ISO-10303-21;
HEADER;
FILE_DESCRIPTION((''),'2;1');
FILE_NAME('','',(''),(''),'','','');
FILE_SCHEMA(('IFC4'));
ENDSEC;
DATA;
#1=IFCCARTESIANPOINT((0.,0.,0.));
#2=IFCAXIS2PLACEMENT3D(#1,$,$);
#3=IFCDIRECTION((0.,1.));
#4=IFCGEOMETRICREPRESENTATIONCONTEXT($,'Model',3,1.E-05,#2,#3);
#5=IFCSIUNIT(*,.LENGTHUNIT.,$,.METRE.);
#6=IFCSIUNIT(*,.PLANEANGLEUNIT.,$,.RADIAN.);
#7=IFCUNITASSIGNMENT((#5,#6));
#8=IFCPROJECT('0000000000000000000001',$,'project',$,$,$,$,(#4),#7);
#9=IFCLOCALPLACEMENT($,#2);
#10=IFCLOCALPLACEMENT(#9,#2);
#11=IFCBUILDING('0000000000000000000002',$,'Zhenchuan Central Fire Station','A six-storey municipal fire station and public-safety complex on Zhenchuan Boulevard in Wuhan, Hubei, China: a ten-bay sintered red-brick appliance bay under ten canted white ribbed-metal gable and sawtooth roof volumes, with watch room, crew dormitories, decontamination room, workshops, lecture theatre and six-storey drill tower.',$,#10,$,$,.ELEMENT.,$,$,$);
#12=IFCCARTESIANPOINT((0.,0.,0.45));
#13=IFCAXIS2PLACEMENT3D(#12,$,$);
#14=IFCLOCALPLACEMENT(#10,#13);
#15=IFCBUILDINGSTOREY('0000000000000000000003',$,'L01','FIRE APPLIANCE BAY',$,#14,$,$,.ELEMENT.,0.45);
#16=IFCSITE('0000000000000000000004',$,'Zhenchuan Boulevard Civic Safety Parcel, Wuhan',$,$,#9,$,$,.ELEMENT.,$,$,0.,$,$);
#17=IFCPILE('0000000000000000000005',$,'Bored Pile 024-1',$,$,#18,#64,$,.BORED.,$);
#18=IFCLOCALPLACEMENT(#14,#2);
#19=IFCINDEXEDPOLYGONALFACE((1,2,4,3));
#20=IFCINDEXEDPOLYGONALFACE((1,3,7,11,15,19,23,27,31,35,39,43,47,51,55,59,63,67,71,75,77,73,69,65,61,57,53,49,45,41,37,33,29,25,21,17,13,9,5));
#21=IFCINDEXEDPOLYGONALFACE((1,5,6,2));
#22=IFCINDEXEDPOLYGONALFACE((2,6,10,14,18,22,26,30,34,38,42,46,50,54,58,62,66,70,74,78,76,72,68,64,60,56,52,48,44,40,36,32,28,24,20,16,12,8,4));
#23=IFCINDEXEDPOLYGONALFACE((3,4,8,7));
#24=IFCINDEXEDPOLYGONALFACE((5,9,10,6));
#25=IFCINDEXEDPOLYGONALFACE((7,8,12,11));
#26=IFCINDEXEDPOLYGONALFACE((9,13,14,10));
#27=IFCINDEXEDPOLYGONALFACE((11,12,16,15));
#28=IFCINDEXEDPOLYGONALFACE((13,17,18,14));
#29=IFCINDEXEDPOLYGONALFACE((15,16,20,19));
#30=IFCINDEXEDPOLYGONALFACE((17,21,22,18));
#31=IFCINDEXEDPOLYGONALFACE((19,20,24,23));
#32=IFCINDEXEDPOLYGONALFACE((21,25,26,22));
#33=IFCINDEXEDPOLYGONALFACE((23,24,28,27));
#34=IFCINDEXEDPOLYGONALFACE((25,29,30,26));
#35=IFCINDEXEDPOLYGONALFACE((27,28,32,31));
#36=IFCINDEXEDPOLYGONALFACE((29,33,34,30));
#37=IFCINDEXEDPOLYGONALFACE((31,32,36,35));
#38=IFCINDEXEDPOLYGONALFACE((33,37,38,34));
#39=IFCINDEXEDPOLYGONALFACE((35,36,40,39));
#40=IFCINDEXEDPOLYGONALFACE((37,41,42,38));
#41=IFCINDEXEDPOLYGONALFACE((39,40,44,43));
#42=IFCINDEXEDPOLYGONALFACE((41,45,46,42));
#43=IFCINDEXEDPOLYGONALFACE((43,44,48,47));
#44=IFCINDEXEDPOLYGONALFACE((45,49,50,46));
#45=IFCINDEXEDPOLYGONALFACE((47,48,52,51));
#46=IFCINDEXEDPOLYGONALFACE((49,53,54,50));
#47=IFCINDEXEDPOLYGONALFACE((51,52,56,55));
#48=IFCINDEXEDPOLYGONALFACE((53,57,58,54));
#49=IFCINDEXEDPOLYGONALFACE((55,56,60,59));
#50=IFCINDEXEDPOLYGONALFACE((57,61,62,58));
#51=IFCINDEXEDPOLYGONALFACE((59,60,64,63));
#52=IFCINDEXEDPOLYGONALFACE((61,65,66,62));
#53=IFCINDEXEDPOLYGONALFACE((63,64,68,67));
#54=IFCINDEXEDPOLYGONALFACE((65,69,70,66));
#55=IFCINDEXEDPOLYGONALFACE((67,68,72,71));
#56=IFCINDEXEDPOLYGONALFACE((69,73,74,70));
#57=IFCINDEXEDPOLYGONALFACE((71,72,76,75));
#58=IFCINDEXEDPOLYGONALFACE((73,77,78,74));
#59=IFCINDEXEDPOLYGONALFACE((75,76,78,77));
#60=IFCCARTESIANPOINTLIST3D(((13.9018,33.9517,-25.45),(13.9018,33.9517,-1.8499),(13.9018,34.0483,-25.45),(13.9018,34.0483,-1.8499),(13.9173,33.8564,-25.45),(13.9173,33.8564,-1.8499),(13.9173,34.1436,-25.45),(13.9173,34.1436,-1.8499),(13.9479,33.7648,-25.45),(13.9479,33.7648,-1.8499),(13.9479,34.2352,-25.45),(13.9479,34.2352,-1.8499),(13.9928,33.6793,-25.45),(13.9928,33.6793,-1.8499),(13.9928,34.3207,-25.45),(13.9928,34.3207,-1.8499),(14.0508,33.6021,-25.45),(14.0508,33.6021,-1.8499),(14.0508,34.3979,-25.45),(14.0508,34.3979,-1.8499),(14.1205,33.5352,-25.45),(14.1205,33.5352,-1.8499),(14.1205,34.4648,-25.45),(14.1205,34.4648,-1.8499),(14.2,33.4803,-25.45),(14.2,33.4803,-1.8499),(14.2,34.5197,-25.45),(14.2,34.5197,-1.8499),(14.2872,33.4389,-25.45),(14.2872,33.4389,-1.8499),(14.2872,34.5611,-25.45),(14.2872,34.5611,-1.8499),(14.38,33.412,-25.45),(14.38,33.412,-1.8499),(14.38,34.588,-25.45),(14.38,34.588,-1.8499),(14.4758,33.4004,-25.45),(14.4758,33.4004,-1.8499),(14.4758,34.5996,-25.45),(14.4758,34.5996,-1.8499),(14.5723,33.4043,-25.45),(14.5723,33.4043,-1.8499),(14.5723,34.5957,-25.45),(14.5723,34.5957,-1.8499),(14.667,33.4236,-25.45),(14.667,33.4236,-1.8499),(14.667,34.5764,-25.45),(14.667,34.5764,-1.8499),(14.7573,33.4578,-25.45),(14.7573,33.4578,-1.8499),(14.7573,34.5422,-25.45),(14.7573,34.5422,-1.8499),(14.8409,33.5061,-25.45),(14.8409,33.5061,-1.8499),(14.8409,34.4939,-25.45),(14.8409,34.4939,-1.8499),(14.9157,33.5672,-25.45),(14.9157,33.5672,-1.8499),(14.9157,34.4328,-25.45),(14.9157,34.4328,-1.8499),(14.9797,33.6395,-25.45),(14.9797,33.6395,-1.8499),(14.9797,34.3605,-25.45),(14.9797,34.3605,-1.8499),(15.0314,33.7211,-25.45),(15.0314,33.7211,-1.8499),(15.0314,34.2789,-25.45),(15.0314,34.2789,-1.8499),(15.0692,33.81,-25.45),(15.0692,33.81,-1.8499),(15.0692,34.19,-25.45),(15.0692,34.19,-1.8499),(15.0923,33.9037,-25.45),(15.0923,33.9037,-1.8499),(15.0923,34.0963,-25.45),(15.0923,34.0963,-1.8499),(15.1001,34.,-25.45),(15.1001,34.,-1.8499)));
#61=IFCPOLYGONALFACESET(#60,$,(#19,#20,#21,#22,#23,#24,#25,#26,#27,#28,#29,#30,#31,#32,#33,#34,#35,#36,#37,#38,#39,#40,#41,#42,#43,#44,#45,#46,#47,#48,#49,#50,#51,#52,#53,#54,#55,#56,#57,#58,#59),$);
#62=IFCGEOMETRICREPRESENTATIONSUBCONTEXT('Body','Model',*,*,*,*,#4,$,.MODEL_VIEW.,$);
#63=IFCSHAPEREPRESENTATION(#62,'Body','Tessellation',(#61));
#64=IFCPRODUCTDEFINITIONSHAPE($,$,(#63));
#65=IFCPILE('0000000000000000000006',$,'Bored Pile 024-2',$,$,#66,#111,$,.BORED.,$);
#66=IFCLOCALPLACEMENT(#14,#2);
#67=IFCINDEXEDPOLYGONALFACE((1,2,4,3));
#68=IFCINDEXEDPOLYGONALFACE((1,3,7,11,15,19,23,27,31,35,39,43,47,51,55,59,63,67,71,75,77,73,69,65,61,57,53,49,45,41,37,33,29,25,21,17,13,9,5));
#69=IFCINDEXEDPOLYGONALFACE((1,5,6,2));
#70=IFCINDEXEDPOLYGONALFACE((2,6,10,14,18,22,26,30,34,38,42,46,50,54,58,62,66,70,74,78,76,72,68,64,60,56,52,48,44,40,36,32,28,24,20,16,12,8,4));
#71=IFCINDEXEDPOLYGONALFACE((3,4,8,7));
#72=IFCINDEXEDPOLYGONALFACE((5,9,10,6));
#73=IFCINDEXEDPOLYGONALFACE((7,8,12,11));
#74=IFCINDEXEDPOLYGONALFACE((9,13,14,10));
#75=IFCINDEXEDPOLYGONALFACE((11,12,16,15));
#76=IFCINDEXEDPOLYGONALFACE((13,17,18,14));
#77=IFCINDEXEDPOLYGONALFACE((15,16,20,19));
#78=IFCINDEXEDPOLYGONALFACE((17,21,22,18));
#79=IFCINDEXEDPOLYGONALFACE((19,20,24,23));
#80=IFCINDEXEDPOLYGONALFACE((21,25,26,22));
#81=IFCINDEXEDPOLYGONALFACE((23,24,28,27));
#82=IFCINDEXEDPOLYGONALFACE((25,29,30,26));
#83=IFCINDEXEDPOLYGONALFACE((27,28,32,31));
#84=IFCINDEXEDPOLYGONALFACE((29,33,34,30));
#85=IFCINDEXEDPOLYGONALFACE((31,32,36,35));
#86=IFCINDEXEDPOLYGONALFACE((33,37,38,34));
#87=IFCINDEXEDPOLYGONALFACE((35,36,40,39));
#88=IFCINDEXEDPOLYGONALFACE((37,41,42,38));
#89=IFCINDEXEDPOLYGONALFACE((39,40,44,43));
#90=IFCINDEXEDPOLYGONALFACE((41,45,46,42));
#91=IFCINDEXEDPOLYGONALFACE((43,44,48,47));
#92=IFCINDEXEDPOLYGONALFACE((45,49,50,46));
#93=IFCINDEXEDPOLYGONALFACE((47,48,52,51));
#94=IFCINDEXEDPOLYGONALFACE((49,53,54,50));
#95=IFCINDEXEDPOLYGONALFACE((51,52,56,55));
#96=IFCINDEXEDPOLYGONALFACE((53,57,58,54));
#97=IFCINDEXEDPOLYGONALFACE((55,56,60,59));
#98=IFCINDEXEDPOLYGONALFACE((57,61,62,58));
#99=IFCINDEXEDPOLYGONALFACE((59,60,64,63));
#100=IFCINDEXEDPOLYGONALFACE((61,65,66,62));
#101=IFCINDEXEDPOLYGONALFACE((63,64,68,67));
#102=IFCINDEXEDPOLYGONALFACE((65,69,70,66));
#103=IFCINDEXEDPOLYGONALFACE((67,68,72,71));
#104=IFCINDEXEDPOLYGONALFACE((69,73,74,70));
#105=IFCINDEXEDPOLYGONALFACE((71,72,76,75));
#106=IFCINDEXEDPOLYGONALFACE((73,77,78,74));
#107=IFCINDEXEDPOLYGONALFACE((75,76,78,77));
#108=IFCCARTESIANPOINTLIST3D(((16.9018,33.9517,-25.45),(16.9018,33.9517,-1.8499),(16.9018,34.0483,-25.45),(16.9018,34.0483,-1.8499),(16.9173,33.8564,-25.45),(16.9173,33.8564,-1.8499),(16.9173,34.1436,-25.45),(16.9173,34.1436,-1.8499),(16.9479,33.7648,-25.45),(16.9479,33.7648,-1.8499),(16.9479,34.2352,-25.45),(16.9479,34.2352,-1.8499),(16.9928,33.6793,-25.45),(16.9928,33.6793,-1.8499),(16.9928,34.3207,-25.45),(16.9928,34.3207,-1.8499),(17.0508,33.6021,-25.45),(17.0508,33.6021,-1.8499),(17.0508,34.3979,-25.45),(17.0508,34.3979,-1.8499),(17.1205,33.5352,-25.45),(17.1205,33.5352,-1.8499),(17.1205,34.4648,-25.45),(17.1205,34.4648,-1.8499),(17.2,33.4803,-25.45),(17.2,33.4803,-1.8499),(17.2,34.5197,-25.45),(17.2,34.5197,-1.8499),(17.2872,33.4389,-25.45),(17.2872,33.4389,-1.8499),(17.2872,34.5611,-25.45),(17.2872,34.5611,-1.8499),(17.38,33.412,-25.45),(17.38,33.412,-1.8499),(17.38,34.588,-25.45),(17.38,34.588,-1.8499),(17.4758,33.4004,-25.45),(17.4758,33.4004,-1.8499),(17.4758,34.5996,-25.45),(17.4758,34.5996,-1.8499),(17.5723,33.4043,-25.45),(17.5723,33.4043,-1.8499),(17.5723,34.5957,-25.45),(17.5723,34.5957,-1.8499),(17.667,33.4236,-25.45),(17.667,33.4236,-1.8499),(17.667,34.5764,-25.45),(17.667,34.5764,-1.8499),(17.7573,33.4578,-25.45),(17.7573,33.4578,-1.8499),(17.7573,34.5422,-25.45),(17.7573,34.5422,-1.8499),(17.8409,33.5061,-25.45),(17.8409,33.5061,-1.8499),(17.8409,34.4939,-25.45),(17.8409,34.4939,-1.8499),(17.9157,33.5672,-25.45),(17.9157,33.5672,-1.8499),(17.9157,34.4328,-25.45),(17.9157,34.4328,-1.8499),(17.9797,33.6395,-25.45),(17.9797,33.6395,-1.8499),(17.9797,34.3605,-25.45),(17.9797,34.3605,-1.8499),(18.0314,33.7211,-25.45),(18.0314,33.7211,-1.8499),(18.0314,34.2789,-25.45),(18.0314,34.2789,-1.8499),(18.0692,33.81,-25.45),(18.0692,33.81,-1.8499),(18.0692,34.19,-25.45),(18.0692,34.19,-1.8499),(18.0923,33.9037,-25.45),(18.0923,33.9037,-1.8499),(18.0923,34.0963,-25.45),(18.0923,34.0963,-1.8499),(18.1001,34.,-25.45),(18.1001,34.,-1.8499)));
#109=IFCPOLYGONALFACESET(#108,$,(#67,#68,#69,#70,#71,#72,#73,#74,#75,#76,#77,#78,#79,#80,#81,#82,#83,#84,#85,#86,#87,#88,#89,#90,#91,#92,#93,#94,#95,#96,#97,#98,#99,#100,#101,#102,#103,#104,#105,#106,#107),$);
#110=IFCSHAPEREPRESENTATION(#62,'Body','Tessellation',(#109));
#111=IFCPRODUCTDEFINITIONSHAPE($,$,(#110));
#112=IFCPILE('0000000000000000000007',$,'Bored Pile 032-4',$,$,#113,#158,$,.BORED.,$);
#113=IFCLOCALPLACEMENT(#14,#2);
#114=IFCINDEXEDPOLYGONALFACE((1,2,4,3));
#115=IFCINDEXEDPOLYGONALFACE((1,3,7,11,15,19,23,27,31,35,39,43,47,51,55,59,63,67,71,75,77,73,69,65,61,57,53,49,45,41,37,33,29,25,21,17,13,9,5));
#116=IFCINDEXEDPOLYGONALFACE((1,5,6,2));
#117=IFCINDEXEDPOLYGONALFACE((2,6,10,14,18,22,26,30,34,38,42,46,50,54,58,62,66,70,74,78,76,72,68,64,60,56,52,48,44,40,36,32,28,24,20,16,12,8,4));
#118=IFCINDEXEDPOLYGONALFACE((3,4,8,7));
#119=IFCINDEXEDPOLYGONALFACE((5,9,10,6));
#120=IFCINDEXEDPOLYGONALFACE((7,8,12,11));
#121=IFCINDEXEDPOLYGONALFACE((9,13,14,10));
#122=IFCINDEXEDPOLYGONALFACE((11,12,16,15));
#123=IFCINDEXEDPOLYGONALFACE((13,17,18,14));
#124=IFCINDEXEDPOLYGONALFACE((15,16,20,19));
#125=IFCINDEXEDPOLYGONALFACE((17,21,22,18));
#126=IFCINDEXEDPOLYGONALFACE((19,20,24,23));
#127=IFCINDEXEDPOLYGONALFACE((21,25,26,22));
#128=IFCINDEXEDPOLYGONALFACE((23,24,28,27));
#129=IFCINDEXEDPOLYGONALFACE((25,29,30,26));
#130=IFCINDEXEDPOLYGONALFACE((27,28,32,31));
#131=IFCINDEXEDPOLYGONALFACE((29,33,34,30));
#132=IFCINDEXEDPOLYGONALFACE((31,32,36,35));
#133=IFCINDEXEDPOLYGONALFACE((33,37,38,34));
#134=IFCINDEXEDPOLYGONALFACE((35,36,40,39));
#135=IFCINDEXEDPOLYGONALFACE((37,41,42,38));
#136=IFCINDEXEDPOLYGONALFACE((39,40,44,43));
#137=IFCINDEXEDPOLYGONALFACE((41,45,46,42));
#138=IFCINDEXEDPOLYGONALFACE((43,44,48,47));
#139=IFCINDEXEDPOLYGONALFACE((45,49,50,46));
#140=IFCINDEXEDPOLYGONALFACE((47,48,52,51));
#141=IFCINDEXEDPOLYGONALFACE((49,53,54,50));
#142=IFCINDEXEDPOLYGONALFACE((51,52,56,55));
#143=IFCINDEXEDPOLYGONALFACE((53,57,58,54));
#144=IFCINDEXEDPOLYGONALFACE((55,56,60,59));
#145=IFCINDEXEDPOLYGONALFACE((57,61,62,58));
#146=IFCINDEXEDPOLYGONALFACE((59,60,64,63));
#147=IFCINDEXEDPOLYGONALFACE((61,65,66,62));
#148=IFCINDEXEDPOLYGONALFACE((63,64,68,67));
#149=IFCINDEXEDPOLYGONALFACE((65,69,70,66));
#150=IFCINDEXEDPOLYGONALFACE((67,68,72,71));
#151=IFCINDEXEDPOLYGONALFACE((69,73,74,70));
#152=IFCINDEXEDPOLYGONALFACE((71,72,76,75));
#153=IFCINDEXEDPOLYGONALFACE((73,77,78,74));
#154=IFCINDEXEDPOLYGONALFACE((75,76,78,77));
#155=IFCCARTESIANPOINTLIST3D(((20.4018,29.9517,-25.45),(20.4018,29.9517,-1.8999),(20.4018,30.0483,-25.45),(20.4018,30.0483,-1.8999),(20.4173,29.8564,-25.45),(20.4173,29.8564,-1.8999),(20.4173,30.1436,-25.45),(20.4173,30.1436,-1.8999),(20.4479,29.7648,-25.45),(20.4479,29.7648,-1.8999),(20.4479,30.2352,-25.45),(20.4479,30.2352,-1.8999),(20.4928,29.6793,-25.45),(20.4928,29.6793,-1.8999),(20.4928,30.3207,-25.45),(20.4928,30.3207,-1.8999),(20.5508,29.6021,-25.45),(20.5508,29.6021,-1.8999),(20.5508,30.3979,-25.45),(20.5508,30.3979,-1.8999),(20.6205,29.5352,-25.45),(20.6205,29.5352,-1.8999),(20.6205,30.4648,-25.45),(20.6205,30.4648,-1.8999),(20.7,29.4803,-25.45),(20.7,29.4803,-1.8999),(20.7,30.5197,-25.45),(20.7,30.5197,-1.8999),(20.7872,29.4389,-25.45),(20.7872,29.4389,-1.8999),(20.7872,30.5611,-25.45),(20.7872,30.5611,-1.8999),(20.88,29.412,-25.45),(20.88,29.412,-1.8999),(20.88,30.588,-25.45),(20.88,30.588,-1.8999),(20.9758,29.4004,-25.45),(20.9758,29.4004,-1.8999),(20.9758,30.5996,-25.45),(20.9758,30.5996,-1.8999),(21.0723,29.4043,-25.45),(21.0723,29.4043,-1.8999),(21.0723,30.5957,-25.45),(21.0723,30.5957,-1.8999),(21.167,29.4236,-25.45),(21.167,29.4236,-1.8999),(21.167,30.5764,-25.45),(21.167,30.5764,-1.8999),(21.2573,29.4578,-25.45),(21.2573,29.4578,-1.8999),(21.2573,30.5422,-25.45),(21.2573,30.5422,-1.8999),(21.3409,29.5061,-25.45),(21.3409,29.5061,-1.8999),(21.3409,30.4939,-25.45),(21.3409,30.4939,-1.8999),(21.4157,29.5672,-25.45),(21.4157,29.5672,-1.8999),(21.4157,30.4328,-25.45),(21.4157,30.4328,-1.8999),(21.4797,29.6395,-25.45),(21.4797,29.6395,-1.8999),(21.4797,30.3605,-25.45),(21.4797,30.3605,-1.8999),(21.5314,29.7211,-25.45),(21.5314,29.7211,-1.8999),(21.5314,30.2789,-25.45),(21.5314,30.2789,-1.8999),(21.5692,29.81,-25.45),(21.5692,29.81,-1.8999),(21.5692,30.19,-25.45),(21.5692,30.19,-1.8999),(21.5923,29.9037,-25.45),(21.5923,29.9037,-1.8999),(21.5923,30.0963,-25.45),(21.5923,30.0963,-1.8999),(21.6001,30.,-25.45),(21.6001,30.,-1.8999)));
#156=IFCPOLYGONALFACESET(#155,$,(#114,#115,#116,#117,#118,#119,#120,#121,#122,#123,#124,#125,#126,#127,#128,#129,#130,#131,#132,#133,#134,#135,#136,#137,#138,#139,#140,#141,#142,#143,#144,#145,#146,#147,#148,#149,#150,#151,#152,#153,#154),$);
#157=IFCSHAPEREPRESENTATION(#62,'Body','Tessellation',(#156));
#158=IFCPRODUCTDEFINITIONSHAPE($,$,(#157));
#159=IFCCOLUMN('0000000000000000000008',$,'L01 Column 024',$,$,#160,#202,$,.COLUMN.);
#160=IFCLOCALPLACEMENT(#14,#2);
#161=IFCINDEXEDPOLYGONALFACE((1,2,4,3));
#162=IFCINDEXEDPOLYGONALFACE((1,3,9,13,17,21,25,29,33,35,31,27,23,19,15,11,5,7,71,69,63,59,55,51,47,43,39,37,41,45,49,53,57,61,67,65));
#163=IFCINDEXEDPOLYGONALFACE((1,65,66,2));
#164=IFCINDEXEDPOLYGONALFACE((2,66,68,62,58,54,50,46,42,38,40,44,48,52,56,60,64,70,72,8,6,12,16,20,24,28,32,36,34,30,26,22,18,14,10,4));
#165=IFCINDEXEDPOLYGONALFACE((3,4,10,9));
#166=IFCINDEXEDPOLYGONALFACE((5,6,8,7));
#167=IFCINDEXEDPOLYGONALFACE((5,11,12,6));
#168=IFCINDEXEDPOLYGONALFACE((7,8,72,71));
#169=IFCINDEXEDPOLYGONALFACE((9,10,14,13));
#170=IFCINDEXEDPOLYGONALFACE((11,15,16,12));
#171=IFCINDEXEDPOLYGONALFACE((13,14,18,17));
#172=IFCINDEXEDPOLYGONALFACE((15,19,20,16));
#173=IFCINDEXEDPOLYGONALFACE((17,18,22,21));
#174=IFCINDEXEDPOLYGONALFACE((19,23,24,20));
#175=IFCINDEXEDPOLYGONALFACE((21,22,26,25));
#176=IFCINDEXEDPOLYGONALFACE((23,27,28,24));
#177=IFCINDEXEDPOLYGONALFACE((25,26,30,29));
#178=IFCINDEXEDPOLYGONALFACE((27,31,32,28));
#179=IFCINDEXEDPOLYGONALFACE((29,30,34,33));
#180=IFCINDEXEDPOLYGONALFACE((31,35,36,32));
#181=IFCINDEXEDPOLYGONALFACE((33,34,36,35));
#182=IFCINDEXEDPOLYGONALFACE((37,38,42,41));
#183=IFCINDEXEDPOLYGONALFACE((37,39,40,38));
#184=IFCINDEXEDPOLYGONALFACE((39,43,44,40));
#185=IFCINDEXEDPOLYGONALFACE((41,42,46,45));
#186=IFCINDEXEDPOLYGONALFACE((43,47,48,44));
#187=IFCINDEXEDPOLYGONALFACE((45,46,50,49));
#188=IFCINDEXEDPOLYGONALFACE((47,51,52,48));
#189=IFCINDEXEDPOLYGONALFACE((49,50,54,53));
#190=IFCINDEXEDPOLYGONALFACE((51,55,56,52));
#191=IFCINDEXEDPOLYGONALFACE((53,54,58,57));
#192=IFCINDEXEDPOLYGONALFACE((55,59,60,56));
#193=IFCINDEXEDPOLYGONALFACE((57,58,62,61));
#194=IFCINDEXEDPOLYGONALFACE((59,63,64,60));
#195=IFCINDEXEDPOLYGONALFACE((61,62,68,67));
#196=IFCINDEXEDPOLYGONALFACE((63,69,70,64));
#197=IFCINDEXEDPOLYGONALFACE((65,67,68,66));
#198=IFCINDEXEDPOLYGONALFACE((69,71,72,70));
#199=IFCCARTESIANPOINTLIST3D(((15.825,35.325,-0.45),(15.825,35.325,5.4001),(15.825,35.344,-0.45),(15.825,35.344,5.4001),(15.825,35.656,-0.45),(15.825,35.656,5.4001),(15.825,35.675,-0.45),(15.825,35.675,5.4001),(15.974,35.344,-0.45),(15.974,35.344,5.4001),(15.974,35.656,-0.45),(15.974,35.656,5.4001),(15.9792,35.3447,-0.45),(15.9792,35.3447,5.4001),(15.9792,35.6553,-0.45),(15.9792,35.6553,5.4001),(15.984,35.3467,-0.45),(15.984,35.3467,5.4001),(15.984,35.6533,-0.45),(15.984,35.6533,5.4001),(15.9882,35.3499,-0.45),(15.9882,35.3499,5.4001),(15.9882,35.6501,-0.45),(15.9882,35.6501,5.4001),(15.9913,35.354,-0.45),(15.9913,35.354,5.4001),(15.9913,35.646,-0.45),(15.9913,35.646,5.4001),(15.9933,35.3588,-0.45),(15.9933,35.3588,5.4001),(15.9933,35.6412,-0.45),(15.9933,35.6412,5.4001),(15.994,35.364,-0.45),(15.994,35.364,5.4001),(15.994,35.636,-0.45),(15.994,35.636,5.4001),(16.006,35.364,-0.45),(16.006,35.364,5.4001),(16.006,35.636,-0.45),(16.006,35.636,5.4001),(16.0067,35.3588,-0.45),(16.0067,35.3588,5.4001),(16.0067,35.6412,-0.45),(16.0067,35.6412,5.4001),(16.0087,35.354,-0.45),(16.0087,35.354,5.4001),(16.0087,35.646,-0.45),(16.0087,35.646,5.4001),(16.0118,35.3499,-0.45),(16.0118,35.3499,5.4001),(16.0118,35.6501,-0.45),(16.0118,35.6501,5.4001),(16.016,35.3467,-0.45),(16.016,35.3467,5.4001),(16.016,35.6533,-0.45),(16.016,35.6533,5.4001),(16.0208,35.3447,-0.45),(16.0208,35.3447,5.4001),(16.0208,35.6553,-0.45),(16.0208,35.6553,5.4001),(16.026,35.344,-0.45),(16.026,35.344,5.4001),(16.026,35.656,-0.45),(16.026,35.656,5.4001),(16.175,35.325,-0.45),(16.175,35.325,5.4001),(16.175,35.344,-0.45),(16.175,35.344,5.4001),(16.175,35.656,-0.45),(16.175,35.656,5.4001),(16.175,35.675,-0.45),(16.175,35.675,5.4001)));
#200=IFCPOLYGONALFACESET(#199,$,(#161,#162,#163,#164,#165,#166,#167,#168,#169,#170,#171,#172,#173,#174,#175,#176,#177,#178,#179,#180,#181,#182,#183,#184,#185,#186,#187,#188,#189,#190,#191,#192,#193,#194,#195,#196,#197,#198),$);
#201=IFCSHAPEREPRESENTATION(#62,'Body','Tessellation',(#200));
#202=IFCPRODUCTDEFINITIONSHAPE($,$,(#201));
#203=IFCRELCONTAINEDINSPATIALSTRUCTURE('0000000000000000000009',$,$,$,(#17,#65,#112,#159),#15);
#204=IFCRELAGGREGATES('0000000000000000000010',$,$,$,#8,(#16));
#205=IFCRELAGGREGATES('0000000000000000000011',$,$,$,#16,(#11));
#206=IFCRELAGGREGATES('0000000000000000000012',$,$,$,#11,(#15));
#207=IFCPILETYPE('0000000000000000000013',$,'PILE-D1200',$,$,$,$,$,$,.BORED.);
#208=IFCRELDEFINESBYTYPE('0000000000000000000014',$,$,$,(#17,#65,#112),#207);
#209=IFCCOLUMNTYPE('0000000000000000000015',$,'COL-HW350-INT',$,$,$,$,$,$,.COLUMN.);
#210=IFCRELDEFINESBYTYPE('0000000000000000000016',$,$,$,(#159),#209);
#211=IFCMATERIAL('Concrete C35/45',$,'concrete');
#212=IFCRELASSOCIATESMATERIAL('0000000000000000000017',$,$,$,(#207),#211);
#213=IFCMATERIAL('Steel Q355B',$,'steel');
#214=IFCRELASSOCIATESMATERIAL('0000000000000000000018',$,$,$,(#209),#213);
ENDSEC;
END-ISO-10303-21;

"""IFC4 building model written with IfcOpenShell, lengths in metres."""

from ifc_helpers import new_model, si_unit, direction, frame, origin, origin_2d, place, context, subcontext, project, spatial, circle, i_section, extrude, material, material_profile, profile_set, type_object, element, save


model = new_model("IFC4")

# Units and contexts
model_context = context("Model", 3, precision=1e-05, world=origin(), true_north=direction((0.0, 1.0)))
body_context = subcontext(model_context, "Body", "Model", "MODEL_VIEW")
ifc_project = project(units=[si_unit("LENGTHUNIT", "METRE"), si_unit("PLANEANGLEUNIT", "RADIAN")], contexts=[model_context])

# Site, building, storey
site_placement = place(None, origin())
site = spatial("IfcSite", under=ifc_project, at=site_placement, Name="Zhenchuan Boulevard Civic Safety Parcel, Wuhan", CompositionType="ELEMENT", RefElevation=0.0)
building_placement = place(site_placement, origin())
building = spatial("IfcBuilding", under=site, at=building_placement, Name="Zhenchuan Central Fire Station", Description="A six-storey municipal fire station and public-safety complex on Zhenchuan Boulevard in Wuhan, Hubei, China: a ten-bay sintered red-brick appliance bay under ten canted white ribbed-metal gable and sawtooth roof volumes, with watch room, crew dormitories, decontamination room, workshops, lecture theatre and six-storey drill tower.", CompositionType="ELEMENT")
storey_placement = place(building_placement, frame((0.0, 0.0, 0.45)))
storey = spatial("IfcBuildingStorey", under=building, at=storey_placement, Name="L01", Description="FIRE APPLIANCE BAY", CompositionType="ELEMENT", Elevation=0.45)

# Piles
ifc_material_1 = material(Name="Concrete C35/45", Category="concrete")
ifc_material_profile_1 = material_profile(ifc_material_1, circle(Radius=0.6001, at=origin_2d()), Name="PILE D1200")
ifc_profile_set_1 = profile_set([ifc_material_profile_1], Name="Concrete C35/45")
pile_type_1 = type_object("IfcPileType", Name="PILE-D1200", PredefinedType="BORED", material=ifc_profile_set_1)
for number, where, z_axis, x_axis, name in (
    (1, (14.5, 34.0, -1.8499), (0.0, 0.0, -1.0), (1.0, 0.0, 0.0), "Bored Pile 024-1"),
    (2, (17.5, 34.0, -1.8499), (0.0, 0.0, -1.0), (1.0, 0.0, 0.0), "Bored Pile 024-2"),
):
    element("IfcPile", number, at=place(storey_placement, frame(where, z_axis=z_axis, x_axis=x_axis)), inside=storey, type_object=pile_type_1, Name=name, PredefinedType="BORED", context=body_context, shape_type="SweptSolid", body=[
        extrude(circle(Radius=0.6001, at=origin_2d()), origin(), (0.0, 0.0, 1.0), 23.6001),
    ])
pile_placement = place(storey_placement, frame((21.0, 30.0, -1.8999), z_axis=(0.0, 0.0, -1.0), x_axis=(1.0, 0.0, 0.0)))
element("IfcPile", 3, at=pile_placement, inside=storey, type_object=pile_type_1, Name="Bored Pile 032-4", PredefinedType="BORED", context=body_context, shape_type="SweptSolid", body=[
    extrude(circle(Radius=0.6001, at=origin_2d()), origin(), (0.0, 0.0, 1.0), 23.55),
])

# Column
ifc_material_2 = material(Name="Steel Q355B", Category="steel")
ifc_material_profile_2 = material_profile(ifc_material_2, i_section(OverallWidth=0.3501, OverallDepth=0.3501, WebThickness=0.012, FlangeThickness=0.019, FilletRadius=0.02, at=origin_2d()), Name="HW 350x350")
ifc_profile_set_2 = profile_set([ifc_material_profile_2], Name="Steel Q355B")
column_type_1 = type_object("IfcColumnType", Name="COL-HW350-INT", PredefinedType="COLUMN", material=ifc_profile_set_2)
column_1_placement = place(storey_placement, frame((16.0, 35.5, -0.45), z_axis=(0.0, 0.0, 1.0), x_axis=(1.0, 0.0, 0.0)))
element("IfcColumn", 4, at=column_1_placement, inside=storey, type_object=column_type_1, Name="L01 Column 024", PredefinedType="COLUMN", context=body_context, shape_type="SweptSolid", body=[
    extrude(i_section(OverallWidth=0.3501, OverallDepth=0.3501, WebThickness=0.012, FlangeThickness=0.019, FilletRadius=0.02, at=origin_2d()), origin(), (0.0, 0.0, 1.0), 5.8501),
])

save(model, "model.ifc")
